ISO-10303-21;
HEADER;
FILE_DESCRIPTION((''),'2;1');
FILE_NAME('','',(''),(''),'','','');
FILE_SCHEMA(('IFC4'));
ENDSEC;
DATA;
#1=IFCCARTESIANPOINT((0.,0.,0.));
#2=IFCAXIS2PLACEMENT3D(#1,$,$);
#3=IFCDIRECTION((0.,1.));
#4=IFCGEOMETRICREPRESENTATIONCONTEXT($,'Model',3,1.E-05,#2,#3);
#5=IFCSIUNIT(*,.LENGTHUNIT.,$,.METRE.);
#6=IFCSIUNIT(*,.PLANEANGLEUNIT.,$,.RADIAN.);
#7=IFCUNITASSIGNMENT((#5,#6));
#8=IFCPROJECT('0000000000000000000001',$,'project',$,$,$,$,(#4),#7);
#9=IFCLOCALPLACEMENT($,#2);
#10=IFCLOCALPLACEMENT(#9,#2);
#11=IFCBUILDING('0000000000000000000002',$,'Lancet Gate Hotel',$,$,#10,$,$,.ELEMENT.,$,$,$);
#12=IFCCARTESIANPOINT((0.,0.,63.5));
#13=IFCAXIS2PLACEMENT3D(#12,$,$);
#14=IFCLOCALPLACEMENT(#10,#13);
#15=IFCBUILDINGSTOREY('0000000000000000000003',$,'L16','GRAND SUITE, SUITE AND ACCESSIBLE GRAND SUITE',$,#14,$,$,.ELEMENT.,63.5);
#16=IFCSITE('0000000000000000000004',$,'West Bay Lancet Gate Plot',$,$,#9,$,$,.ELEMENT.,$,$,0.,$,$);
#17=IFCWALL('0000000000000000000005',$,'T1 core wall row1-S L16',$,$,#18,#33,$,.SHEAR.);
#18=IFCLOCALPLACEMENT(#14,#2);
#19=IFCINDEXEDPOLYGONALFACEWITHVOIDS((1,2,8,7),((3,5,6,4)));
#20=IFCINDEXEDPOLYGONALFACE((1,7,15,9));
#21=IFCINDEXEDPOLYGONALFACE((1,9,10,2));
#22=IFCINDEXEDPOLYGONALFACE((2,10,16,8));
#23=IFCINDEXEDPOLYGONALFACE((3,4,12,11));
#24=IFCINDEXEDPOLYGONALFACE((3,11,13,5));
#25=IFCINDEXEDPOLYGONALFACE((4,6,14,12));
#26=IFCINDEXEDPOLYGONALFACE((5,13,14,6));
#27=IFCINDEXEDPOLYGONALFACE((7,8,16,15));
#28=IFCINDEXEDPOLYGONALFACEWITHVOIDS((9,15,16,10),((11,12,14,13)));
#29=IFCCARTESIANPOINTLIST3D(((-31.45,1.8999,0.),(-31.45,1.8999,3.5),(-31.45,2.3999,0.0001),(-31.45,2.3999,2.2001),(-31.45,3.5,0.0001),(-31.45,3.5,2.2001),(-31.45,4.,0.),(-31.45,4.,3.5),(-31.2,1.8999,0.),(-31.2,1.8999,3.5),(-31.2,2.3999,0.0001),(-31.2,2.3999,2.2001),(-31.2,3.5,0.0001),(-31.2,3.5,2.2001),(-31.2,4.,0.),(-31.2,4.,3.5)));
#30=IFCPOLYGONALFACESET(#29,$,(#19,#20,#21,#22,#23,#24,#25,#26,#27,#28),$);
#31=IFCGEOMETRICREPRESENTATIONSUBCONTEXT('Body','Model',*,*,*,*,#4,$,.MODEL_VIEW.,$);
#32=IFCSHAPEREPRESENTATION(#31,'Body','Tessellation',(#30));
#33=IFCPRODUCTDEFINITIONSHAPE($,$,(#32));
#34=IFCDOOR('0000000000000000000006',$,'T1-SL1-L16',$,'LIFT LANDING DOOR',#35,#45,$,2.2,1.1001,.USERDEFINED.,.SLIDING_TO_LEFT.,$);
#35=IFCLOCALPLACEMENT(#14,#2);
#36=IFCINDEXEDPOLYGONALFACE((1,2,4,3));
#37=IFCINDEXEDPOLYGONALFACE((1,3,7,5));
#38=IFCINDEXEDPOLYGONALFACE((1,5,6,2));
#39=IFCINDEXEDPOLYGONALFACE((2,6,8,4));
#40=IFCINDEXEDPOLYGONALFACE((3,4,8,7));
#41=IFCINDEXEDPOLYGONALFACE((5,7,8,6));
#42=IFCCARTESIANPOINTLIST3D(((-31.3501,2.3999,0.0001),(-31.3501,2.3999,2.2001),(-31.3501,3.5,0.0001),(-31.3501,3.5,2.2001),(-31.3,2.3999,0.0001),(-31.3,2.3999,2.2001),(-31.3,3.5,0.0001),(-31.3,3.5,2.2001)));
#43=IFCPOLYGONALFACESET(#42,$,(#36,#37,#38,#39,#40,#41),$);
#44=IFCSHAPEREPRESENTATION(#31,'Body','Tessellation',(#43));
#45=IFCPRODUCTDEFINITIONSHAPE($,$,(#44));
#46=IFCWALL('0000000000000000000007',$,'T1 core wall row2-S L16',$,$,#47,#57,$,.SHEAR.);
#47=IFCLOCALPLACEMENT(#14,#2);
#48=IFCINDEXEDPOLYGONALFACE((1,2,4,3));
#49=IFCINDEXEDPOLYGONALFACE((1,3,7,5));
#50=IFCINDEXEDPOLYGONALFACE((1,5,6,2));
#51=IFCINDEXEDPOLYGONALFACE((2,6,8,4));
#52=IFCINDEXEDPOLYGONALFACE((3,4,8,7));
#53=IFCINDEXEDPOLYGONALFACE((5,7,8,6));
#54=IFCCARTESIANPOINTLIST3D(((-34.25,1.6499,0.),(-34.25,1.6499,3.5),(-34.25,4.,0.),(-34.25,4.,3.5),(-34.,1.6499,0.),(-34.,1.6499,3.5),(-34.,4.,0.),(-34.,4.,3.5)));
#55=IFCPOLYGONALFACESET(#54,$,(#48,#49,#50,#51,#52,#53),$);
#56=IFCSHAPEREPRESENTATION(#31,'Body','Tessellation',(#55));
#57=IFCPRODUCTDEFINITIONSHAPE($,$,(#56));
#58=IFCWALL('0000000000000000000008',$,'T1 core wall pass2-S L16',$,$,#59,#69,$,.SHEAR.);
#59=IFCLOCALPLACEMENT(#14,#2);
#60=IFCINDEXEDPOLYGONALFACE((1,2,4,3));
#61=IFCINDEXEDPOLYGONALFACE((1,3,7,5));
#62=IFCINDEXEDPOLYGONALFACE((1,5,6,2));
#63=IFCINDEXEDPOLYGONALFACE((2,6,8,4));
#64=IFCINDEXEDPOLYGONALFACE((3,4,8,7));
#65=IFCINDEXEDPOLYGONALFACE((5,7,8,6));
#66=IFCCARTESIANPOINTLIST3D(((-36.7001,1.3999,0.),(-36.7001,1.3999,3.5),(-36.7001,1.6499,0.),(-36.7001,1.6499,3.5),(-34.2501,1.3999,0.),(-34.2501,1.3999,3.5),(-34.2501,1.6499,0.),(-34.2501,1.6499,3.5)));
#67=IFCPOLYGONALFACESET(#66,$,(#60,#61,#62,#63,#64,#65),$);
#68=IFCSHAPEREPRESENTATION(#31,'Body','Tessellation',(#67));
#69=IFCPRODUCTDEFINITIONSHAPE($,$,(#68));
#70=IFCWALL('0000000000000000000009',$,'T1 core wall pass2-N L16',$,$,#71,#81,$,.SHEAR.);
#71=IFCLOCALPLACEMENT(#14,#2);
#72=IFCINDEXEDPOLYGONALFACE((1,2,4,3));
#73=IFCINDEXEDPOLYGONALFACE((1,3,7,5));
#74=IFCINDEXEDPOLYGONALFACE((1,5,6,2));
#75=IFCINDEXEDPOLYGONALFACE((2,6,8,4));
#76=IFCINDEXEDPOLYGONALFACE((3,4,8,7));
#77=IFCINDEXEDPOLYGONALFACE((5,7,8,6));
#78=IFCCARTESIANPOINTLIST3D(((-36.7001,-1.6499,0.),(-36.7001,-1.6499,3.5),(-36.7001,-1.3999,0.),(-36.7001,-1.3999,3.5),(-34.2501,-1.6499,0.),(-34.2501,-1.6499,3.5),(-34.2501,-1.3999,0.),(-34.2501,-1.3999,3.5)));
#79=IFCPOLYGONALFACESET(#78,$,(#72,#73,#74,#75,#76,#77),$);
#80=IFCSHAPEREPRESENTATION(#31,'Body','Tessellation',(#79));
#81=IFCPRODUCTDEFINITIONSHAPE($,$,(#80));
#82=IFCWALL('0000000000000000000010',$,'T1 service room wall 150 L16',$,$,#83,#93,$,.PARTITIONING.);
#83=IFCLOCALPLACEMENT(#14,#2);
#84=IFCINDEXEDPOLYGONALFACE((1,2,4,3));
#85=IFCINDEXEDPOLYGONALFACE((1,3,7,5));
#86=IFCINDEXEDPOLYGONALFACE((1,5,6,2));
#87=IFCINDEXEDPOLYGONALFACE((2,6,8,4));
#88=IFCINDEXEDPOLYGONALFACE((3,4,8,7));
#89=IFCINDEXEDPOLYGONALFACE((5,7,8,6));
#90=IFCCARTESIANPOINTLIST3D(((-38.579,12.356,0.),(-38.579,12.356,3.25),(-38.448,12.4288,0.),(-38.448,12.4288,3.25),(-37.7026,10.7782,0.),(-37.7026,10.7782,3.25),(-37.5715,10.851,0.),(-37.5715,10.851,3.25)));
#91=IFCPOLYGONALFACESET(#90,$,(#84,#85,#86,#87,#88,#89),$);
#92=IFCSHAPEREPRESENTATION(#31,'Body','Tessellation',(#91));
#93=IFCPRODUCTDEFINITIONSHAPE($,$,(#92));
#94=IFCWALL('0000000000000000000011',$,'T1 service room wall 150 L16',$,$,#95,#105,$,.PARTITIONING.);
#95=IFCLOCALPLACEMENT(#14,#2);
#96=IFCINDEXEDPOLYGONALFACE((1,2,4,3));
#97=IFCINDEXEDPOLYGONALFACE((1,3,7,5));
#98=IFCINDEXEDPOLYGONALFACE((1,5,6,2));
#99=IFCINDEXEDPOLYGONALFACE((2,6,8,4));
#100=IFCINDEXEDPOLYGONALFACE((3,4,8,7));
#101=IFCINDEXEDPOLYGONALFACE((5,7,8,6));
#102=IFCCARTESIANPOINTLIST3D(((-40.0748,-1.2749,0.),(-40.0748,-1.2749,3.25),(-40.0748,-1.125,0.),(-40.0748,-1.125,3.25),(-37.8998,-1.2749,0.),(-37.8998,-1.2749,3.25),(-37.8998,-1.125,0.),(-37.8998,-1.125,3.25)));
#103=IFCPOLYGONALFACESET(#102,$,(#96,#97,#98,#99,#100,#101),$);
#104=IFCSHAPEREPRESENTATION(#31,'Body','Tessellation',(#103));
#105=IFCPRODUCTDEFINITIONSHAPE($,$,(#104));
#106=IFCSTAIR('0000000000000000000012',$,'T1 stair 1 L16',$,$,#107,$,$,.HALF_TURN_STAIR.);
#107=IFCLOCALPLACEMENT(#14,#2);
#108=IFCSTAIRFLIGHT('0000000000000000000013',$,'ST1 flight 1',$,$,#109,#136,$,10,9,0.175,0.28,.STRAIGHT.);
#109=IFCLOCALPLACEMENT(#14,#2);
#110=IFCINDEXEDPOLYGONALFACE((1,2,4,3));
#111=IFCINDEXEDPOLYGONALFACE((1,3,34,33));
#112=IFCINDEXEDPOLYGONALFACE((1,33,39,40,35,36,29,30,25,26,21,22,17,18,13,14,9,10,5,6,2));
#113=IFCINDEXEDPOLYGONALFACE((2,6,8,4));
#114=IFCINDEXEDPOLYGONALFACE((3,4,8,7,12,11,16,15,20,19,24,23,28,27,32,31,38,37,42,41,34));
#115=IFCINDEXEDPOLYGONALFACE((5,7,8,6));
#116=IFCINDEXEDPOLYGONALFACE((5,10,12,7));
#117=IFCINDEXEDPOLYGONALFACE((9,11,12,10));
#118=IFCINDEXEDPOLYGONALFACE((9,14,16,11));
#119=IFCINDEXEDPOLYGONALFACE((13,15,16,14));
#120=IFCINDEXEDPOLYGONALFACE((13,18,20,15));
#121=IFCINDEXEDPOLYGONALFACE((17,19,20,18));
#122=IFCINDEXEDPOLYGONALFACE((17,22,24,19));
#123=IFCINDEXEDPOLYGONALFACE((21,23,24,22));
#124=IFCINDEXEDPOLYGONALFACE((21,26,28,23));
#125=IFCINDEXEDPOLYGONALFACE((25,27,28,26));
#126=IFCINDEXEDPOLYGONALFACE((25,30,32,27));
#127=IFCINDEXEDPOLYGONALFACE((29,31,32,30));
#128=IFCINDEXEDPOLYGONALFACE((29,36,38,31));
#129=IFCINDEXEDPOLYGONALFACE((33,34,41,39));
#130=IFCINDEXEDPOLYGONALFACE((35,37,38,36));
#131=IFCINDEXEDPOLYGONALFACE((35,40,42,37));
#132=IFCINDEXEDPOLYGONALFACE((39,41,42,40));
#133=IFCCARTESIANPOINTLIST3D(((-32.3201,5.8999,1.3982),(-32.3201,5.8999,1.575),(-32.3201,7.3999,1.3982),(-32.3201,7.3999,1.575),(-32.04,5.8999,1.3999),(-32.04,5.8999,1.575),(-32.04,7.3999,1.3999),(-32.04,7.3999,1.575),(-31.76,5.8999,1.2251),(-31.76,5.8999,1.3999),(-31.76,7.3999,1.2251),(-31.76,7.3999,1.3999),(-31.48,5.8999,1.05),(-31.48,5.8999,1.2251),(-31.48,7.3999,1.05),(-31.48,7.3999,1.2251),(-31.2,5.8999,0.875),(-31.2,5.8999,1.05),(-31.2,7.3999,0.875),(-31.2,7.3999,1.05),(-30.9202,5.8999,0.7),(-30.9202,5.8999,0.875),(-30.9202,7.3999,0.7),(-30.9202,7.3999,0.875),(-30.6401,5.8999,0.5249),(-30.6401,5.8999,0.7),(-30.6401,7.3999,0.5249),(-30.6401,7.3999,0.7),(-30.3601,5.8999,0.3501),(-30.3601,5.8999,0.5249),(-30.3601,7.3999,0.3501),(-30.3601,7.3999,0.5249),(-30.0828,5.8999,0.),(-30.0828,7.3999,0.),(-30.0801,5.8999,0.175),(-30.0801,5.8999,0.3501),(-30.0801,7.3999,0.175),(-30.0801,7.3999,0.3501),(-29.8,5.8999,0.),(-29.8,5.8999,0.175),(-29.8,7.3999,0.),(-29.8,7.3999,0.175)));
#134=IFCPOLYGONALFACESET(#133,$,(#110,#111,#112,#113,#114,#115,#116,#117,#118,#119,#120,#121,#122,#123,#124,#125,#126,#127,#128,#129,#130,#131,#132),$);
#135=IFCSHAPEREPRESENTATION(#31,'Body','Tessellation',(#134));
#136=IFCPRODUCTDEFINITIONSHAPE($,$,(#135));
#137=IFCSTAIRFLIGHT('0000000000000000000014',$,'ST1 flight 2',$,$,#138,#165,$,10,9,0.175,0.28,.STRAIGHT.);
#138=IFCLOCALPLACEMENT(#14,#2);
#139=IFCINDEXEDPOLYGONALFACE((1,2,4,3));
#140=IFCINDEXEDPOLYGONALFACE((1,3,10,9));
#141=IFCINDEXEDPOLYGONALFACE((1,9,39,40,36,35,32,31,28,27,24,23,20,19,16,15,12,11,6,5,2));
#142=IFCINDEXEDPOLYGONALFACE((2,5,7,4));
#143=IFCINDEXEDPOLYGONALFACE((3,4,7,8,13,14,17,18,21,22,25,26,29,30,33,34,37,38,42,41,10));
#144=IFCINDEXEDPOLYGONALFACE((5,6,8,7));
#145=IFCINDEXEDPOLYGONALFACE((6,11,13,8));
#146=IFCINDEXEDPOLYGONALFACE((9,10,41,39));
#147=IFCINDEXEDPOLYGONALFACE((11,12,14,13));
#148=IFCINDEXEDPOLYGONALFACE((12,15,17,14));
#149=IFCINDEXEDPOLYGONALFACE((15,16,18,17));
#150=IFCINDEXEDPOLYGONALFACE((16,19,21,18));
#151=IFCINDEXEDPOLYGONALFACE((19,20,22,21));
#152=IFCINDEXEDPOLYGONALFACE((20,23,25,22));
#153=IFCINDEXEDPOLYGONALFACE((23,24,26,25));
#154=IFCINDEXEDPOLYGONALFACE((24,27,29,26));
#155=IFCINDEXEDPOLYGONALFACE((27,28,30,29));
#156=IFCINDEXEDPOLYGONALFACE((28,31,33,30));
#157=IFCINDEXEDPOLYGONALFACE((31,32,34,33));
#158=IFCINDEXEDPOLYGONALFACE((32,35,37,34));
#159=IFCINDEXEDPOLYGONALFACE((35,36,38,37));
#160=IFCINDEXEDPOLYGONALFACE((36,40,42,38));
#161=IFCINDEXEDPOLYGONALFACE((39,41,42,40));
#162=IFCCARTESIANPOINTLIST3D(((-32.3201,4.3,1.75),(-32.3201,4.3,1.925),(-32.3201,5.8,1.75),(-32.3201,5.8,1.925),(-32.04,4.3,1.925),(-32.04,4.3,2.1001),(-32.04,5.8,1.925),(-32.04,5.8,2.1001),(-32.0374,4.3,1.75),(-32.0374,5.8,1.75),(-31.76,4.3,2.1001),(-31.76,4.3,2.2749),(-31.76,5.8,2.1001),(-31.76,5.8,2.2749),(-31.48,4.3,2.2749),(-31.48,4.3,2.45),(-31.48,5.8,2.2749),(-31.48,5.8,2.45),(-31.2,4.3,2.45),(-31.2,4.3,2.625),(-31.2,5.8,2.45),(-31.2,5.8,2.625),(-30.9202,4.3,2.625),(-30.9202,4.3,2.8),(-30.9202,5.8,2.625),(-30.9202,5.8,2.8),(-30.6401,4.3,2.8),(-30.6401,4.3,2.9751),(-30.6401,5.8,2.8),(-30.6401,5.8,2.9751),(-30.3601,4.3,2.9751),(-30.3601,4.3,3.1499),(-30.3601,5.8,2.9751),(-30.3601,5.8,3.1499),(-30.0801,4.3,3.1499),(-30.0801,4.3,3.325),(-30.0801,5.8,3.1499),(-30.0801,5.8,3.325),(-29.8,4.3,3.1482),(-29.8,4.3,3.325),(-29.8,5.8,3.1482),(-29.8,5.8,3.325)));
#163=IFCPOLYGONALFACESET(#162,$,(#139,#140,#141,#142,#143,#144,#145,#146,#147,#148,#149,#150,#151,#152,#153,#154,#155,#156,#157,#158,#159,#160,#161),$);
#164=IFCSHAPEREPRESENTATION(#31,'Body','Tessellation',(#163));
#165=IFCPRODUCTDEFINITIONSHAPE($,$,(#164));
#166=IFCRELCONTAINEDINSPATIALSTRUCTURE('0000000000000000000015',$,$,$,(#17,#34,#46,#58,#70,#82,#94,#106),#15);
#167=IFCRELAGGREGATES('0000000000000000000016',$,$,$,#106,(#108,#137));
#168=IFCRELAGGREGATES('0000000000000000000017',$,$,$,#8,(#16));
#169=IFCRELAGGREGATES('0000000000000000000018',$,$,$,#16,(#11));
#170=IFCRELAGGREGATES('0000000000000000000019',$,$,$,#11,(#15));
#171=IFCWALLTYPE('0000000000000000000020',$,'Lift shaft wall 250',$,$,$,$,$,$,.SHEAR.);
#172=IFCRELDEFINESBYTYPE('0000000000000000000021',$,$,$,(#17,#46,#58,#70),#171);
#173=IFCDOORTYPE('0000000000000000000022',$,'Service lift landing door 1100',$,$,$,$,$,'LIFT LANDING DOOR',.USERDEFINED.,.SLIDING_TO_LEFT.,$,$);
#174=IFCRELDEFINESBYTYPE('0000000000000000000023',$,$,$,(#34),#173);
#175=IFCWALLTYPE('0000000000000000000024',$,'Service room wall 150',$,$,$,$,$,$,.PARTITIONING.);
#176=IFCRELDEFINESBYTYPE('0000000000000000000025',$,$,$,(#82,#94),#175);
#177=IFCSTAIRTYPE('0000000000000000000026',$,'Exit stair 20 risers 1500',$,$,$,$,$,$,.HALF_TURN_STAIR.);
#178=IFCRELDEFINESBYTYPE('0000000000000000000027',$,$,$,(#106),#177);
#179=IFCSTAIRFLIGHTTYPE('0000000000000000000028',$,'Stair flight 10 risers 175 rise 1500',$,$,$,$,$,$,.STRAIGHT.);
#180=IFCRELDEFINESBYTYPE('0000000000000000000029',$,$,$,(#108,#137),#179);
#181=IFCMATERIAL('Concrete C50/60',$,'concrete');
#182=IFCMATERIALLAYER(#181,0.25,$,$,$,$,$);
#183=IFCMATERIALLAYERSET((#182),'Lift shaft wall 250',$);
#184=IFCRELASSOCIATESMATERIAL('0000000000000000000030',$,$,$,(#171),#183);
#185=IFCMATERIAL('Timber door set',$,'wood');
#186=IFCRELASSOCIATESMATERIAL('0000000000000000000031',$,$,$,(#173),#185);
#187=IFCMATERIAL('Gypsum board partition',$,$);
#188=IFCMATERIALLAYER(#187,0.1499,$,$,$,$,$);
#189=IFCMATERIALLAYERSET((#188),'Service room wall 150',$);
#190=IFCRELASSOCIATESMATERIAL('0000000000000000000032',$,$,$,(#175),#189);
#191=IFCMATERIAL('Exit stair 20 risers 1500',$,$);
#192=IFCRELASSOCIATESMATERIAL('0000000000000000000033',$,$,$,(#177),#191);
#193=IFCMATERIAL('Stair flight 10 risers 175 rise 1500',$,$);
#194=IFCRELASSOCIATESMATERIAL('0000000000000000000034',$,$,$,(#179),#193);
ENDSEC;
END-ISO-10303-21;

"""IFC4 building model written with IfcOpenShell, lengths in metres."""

from ifc_helpers import new_model, si_unit, direction, frame, frame_2d, origin, place, context, subcontext, project, spatial, polyline, rectangle, outline, extrude, material, layer, layer_set, type_object, element, fill, aggregate, save


model = new_model("IFC4")

# Units and contexts
model_context = context("Model", 3, precision=1e-05, world=origin(), true_north=direction((0.0, 1.0)))
body_context = subcontext(model_context, "Body", "Model", "MODEL_VIEW")
ifc_project = project(units=[si_unit("LENGTHUNIT", "METRE"), si_unit("PLANEANGLEUNIT", "RADIAN")], contexts=[model_context])

# Site, building, storey
site_placement = place(None, origin())
site = spatial("IfcSite", under=ifc_project, at=site_placement, Name="West Bay Lancet Gate Plot", CompositionType="ELEMENT", RefElevation=0.0)
building_placement = place(site_placement, origin())
building = spatial("IfcBuilding", under=site, at=building_placement, Name="Lancet Gate Hotel", CompositionType="ELEMENT")
storey_placement = place(building_placement, frame((0.0, 0.0, 63.5)))
storey = spatial("IfcBuildingStorey", under=building, at=storey_placement, Name="L16", Description="GRAND SUITE, SUITE AND ACCESSIBLE GRAND SUITE", CompositionType="ELEMENT", Elevation=63.5)

# Wall, opening, door
ifc_material_1 = material(Name="Concrete C50/60", Category="concrete")
ifc_layer_1 = layer(ifc_material_1, 0.25)
ifc_layer_set_1 = layer_set([ifc_layer_1], Name="Lift shaft wall 250")
wall_type_1 = type_object("IfcWallType", Name="Lift shaft wall 250", PredefinedType="SHEAR", material=ifc_layer_set_1)
wall_1_placement = place(storey_placement, frame((-31.325, 4.0, 0.0), z_axis=(0.0, 0.0, 1.0), x_axis=(0.0, -1.0, 0.0)))
wall_1 = element("IfcWall", 1, at=wall_1_placement, inside=storey, type_object=wall_type_1, Name="T1 core wall row1-S L16", PredefinedType="SHEAR", context=body_context, shape_type="SweptSolid", body=[
    extrude(rectangle(XDim=2.1001, YDim=0.25, at=frame_2d((1.05, 0.0))), origin(), (0.0, 0.0, 1.0), 3.5),
])
opening_1_placement = place(wall_1_placement, frame((0.5, 0.0, 0.0)))
opening_1 = element("IfcOpeningElement", 2, at=opening_1_placement, cuts=wall_1, PredefinedType="OPENING", context=body_context, shape_type="SweptSolid", body=[
    extrude(rectangle(XDim=1.1001, YDim=2.2, at=frame_2d((0.55, 1.1001))), frame((0.0, 0.135, 0.0), z_axis=(0.0, -1.0, 0.0), x_axis=(1.0, 0.0, 0.0)), (0.0, 0.0, 1.0), 0.27),
])
ifc_material_2 = material(Name="Timber door set", Category="wood")
door_type_1 = type_object("IfcDoorType", Name="Service lift landing door 1100", ElementType="LIFT LANDING DOOR", OperationType="SLIDING_TO_LEFT", PredefinedType="USERDEFINED", material=ifc_material_2)
door_1_placement = place(opening_1_placement, origin())
door_1 = element("IfcDoor", 3, at=door_1_placement, inside=storey, type_object=door_type_1, Name="T1-SL1-L16", ObjectType="LIFT LANDING DOOR", OperationType="SLIDING_TO_LEFT", OverallHeight=2.2, OverallWidth=1.1001, PredefinedType="USERDEFINED", context=body_context, shape_type="SweptSolid", body=[
    extrude(rectangle(XDim=1.1001, YDim=2.2, at=frame_2d((0.55, 1.1001))), frame((0.0, 0.0249, 0.0), z_axis=(0.0, -1.0, 0.0), x_axis=(1.0, 0.0, 0.0)), (0.0, 0.0, 1.0), 0.05),
])
fill(opening_1, door_1)

# Walls
wall_2_placement = place(storey_placement, frame((-34.125, 4.0, 0.0), z_axis=(0.0, 0.0, 1.0), x_axis=(0.0, -1.0, 0.0)))
element("IfcWall", 4, at=wall_2_placement, inside=storey, type_object=wall_type_1, Name="T1 core wall row2-S L16", PredefinedType="SHEAR", context=body_context, shape_type="SweptSolid", body=[
    extrude(rectangle(XDim=2.3501, YDim=0.25, at=frame_2d((1.175, 0.0))), origin(), (0.0, 0.0, 1.0), 3.5),
])
for number, where, z_axis, x_axis, name in (
    (5, (-34.25, 1.5249, 0.0), (0.0, 0.0, 1.0), (-1.0, 0.0, 0.0), "T1 core wall pass2-S L16"),
    (6, (-34.25, -1.5249, 0.0), (0.0, 0.0, 1.0), (-1.0, 0.0, 0.0), "T1 core wall pass2-N L16"),
):
    element("IfcWall", number, at=place(storey_placement, frame(where, z_axis=z_axis, x_axis=x_axis)), inside=storey, type_object=wall_type_1, Name=name, PredefinedType="SHEAR", context=body_context, shape_type="SweptSolid", body=[
        extrude(rectangle(XDim=2.45, YDim=0.25, at=frame_2d((1.2251, 0.0))), origin(), (0.0, 0.0, 1.0), 3.5),
    ])
ifc_material_3 = material(Name="Gypsum board partition")
ifc_layer_2 = layer(ifc_material_3, 0.1499)
ifc_layer_set_2 = layer_set([ifc_layer_2], Name="Service room wall 150")
wall_type_2 = type_object("IfcWallType", Name="Service room wall 150", PredefinedType="PARTITIONING", material=ifc_layer_set_2)
wall_3_placement = place(storey_placement, frame((-38.5134, 12.3923, 0.0), z_axis=(0.0, 0.0, 1.0), x_axis=(0.485586, -0.874189, 0.0)))
element("IfcWall", 7, at=wall_3_placement, inside=storey, type_object=wall_type_2, Name="T1 service room wall 150 L16", PredefinedType="PARTITIONING", context=body_context, shape_type="SweptSolid", body=[
    extrude(rectangle(XDim=1.8049, YDim=0.1499, at=frame_2d((0.9023, 0.0))), origin(), (0.0, 0.0, 1.0), 3.25),
])
wall_4_placement = place(storey_placement, frame((-37.8999, -1.2, 0.0), z_axis=(0.0, 0.0, 1.0), x_axis=(-1.0, 0.0, 0.0)))
element("IfcWall", 8, at=wall_4_placement, inside=storey, type_object=wall_type_2, Name="T1 service room wall 150 L16", PredefinedType="PARTITIONING", context=body_context, shape_type="SweptSolid", body=[
    extrude(rectangle(XDim=2.175, YDim=0.1499, at=frame_2d((1.0874, 0.0))), origin(), (0.0, 0.0, 1.0), 3.25),
])

# Stair, stair flights
ifc_material_4 = material(Name="Exit stair 20 risers 1500")
stair_type = type_object("IfcStairType", Name="Exit stair 20 risers 1500", PredefinedType="HALF_TURN_STAIR", material=ifc_material_4)
stair_placement = place(storey_placement, origin())
stair = element("IfcStair", 9, at=stair_placement, inside=storey, type_object=stair_type, Name="T1 stair 1 L16", PredefinedType="HALF_TURN_STAIR")
ifc_material_5 = material(Name="Stair flight 10 risers 175 rise 1500")
stair_flight_type = type_object("IfcStairFlightType", Name="Stair flight 10 risers 175 rise 1500", PredefinedType="STRAIGHT", material=ifc_material_5)
stair_flight_1_placement = place(storey_placement, frame((-29.8, 6.6499, 0.0), z_axis=(0.0, 0.0, 1.0), x_axis=(-1.0, 0.0, 0.0)))
stair_flight_1 = element("IfcStairFlight", 10, at=stair_flight_1_placement, type_object=stair_flight_type, Name="ST1 flight 1", NumberOfRisers=10, NumberOfTreads=9, PredefinedType="STRAIGHT", RiserHeight=0.175, TreadLength=0.28, context=body_context, shape_type="SweptSolid", body=[
    extrude(outline(polyline([(0.0, 0.0), (0.0, 0.175), (0.28, 0.175), (0.28, 0.3501), (0.5601, 0.3501), (0.5601, 0.5249), (0.8401, 0.5249), (0.8401, 0.7), (1.1201, 0.7), (1.1201, 0.875), (1.3999, 0.875), (1.3999, 1.05), (1.6799, 1.05), (1.6799, 1.2251), (1.96, 1.2251), (1.96, 1.3999), (2.24, 1.3999), (2.24, 1.575), (2.52, 1.575), (2.52, 1.75), (2.52, 1.3982), (0.2827, 0.0), (0.0, 0.0)])), frame((0.0, 0.75, 0.0), z_axis=(0.0, -1.0, 0.0), x_axis=(1.0, 0.0, 0.0)), (0.0, 0.0, 1.0), 1.5),
])
stair_flight_2_placement = place(storey_placement, frame((-32.3201, 5.05, 1.75), z_axis=(0.0, 0.0, 1.0), x_axis=(1.0, 0.0, 0.0)))
stair_flight_2 = element("IfcStairFlight", 11, at=stair_flight_2_placement, type_object=stair_flight_type, Name="ST1 flight 2", NumberOfRisers=10, NumberOfTreads=9, PredefinedType="STRAIGHT", RiserHeight=0.175, TreadLength=0.28, context=body_context, shape_type="SweptSolid", body=[
    extrude(outline(polyline([(0.0, 0.0), (0.0, 0.175), (0.28, 0.175), (0.28, 0.3501), (0.5601, 0.3501), (0.5601, 0.5249), (0.8401, 0.5249), (0.8401, 0.7), (1.1201, 0.7), (1.1201, 0.875), (1.3999, 0.875), (1.3999, 1.05), (1.6799, 1.05), (1.6799, 1.2251), (1.96, 1.2251), (1.96, 1.3999), (2.24, 1.3999), (2.24, 1.575), (2.52, 1.575), (2.52, 1.75), (2.52, 1.3982), (0.2827, 0.0), (0.0, 0.0)])), frame((0.0, 0.75, 0.0), z_axis=(0.0, -1.0, 0.0), x_axis=(1.0, 0.0, 0.0)), (0.0, 0.0, 1.0), 1.5),
])
aggregate(stair, [stair_flight_1, stair_flight_2])

save(model, "model.ifc")
